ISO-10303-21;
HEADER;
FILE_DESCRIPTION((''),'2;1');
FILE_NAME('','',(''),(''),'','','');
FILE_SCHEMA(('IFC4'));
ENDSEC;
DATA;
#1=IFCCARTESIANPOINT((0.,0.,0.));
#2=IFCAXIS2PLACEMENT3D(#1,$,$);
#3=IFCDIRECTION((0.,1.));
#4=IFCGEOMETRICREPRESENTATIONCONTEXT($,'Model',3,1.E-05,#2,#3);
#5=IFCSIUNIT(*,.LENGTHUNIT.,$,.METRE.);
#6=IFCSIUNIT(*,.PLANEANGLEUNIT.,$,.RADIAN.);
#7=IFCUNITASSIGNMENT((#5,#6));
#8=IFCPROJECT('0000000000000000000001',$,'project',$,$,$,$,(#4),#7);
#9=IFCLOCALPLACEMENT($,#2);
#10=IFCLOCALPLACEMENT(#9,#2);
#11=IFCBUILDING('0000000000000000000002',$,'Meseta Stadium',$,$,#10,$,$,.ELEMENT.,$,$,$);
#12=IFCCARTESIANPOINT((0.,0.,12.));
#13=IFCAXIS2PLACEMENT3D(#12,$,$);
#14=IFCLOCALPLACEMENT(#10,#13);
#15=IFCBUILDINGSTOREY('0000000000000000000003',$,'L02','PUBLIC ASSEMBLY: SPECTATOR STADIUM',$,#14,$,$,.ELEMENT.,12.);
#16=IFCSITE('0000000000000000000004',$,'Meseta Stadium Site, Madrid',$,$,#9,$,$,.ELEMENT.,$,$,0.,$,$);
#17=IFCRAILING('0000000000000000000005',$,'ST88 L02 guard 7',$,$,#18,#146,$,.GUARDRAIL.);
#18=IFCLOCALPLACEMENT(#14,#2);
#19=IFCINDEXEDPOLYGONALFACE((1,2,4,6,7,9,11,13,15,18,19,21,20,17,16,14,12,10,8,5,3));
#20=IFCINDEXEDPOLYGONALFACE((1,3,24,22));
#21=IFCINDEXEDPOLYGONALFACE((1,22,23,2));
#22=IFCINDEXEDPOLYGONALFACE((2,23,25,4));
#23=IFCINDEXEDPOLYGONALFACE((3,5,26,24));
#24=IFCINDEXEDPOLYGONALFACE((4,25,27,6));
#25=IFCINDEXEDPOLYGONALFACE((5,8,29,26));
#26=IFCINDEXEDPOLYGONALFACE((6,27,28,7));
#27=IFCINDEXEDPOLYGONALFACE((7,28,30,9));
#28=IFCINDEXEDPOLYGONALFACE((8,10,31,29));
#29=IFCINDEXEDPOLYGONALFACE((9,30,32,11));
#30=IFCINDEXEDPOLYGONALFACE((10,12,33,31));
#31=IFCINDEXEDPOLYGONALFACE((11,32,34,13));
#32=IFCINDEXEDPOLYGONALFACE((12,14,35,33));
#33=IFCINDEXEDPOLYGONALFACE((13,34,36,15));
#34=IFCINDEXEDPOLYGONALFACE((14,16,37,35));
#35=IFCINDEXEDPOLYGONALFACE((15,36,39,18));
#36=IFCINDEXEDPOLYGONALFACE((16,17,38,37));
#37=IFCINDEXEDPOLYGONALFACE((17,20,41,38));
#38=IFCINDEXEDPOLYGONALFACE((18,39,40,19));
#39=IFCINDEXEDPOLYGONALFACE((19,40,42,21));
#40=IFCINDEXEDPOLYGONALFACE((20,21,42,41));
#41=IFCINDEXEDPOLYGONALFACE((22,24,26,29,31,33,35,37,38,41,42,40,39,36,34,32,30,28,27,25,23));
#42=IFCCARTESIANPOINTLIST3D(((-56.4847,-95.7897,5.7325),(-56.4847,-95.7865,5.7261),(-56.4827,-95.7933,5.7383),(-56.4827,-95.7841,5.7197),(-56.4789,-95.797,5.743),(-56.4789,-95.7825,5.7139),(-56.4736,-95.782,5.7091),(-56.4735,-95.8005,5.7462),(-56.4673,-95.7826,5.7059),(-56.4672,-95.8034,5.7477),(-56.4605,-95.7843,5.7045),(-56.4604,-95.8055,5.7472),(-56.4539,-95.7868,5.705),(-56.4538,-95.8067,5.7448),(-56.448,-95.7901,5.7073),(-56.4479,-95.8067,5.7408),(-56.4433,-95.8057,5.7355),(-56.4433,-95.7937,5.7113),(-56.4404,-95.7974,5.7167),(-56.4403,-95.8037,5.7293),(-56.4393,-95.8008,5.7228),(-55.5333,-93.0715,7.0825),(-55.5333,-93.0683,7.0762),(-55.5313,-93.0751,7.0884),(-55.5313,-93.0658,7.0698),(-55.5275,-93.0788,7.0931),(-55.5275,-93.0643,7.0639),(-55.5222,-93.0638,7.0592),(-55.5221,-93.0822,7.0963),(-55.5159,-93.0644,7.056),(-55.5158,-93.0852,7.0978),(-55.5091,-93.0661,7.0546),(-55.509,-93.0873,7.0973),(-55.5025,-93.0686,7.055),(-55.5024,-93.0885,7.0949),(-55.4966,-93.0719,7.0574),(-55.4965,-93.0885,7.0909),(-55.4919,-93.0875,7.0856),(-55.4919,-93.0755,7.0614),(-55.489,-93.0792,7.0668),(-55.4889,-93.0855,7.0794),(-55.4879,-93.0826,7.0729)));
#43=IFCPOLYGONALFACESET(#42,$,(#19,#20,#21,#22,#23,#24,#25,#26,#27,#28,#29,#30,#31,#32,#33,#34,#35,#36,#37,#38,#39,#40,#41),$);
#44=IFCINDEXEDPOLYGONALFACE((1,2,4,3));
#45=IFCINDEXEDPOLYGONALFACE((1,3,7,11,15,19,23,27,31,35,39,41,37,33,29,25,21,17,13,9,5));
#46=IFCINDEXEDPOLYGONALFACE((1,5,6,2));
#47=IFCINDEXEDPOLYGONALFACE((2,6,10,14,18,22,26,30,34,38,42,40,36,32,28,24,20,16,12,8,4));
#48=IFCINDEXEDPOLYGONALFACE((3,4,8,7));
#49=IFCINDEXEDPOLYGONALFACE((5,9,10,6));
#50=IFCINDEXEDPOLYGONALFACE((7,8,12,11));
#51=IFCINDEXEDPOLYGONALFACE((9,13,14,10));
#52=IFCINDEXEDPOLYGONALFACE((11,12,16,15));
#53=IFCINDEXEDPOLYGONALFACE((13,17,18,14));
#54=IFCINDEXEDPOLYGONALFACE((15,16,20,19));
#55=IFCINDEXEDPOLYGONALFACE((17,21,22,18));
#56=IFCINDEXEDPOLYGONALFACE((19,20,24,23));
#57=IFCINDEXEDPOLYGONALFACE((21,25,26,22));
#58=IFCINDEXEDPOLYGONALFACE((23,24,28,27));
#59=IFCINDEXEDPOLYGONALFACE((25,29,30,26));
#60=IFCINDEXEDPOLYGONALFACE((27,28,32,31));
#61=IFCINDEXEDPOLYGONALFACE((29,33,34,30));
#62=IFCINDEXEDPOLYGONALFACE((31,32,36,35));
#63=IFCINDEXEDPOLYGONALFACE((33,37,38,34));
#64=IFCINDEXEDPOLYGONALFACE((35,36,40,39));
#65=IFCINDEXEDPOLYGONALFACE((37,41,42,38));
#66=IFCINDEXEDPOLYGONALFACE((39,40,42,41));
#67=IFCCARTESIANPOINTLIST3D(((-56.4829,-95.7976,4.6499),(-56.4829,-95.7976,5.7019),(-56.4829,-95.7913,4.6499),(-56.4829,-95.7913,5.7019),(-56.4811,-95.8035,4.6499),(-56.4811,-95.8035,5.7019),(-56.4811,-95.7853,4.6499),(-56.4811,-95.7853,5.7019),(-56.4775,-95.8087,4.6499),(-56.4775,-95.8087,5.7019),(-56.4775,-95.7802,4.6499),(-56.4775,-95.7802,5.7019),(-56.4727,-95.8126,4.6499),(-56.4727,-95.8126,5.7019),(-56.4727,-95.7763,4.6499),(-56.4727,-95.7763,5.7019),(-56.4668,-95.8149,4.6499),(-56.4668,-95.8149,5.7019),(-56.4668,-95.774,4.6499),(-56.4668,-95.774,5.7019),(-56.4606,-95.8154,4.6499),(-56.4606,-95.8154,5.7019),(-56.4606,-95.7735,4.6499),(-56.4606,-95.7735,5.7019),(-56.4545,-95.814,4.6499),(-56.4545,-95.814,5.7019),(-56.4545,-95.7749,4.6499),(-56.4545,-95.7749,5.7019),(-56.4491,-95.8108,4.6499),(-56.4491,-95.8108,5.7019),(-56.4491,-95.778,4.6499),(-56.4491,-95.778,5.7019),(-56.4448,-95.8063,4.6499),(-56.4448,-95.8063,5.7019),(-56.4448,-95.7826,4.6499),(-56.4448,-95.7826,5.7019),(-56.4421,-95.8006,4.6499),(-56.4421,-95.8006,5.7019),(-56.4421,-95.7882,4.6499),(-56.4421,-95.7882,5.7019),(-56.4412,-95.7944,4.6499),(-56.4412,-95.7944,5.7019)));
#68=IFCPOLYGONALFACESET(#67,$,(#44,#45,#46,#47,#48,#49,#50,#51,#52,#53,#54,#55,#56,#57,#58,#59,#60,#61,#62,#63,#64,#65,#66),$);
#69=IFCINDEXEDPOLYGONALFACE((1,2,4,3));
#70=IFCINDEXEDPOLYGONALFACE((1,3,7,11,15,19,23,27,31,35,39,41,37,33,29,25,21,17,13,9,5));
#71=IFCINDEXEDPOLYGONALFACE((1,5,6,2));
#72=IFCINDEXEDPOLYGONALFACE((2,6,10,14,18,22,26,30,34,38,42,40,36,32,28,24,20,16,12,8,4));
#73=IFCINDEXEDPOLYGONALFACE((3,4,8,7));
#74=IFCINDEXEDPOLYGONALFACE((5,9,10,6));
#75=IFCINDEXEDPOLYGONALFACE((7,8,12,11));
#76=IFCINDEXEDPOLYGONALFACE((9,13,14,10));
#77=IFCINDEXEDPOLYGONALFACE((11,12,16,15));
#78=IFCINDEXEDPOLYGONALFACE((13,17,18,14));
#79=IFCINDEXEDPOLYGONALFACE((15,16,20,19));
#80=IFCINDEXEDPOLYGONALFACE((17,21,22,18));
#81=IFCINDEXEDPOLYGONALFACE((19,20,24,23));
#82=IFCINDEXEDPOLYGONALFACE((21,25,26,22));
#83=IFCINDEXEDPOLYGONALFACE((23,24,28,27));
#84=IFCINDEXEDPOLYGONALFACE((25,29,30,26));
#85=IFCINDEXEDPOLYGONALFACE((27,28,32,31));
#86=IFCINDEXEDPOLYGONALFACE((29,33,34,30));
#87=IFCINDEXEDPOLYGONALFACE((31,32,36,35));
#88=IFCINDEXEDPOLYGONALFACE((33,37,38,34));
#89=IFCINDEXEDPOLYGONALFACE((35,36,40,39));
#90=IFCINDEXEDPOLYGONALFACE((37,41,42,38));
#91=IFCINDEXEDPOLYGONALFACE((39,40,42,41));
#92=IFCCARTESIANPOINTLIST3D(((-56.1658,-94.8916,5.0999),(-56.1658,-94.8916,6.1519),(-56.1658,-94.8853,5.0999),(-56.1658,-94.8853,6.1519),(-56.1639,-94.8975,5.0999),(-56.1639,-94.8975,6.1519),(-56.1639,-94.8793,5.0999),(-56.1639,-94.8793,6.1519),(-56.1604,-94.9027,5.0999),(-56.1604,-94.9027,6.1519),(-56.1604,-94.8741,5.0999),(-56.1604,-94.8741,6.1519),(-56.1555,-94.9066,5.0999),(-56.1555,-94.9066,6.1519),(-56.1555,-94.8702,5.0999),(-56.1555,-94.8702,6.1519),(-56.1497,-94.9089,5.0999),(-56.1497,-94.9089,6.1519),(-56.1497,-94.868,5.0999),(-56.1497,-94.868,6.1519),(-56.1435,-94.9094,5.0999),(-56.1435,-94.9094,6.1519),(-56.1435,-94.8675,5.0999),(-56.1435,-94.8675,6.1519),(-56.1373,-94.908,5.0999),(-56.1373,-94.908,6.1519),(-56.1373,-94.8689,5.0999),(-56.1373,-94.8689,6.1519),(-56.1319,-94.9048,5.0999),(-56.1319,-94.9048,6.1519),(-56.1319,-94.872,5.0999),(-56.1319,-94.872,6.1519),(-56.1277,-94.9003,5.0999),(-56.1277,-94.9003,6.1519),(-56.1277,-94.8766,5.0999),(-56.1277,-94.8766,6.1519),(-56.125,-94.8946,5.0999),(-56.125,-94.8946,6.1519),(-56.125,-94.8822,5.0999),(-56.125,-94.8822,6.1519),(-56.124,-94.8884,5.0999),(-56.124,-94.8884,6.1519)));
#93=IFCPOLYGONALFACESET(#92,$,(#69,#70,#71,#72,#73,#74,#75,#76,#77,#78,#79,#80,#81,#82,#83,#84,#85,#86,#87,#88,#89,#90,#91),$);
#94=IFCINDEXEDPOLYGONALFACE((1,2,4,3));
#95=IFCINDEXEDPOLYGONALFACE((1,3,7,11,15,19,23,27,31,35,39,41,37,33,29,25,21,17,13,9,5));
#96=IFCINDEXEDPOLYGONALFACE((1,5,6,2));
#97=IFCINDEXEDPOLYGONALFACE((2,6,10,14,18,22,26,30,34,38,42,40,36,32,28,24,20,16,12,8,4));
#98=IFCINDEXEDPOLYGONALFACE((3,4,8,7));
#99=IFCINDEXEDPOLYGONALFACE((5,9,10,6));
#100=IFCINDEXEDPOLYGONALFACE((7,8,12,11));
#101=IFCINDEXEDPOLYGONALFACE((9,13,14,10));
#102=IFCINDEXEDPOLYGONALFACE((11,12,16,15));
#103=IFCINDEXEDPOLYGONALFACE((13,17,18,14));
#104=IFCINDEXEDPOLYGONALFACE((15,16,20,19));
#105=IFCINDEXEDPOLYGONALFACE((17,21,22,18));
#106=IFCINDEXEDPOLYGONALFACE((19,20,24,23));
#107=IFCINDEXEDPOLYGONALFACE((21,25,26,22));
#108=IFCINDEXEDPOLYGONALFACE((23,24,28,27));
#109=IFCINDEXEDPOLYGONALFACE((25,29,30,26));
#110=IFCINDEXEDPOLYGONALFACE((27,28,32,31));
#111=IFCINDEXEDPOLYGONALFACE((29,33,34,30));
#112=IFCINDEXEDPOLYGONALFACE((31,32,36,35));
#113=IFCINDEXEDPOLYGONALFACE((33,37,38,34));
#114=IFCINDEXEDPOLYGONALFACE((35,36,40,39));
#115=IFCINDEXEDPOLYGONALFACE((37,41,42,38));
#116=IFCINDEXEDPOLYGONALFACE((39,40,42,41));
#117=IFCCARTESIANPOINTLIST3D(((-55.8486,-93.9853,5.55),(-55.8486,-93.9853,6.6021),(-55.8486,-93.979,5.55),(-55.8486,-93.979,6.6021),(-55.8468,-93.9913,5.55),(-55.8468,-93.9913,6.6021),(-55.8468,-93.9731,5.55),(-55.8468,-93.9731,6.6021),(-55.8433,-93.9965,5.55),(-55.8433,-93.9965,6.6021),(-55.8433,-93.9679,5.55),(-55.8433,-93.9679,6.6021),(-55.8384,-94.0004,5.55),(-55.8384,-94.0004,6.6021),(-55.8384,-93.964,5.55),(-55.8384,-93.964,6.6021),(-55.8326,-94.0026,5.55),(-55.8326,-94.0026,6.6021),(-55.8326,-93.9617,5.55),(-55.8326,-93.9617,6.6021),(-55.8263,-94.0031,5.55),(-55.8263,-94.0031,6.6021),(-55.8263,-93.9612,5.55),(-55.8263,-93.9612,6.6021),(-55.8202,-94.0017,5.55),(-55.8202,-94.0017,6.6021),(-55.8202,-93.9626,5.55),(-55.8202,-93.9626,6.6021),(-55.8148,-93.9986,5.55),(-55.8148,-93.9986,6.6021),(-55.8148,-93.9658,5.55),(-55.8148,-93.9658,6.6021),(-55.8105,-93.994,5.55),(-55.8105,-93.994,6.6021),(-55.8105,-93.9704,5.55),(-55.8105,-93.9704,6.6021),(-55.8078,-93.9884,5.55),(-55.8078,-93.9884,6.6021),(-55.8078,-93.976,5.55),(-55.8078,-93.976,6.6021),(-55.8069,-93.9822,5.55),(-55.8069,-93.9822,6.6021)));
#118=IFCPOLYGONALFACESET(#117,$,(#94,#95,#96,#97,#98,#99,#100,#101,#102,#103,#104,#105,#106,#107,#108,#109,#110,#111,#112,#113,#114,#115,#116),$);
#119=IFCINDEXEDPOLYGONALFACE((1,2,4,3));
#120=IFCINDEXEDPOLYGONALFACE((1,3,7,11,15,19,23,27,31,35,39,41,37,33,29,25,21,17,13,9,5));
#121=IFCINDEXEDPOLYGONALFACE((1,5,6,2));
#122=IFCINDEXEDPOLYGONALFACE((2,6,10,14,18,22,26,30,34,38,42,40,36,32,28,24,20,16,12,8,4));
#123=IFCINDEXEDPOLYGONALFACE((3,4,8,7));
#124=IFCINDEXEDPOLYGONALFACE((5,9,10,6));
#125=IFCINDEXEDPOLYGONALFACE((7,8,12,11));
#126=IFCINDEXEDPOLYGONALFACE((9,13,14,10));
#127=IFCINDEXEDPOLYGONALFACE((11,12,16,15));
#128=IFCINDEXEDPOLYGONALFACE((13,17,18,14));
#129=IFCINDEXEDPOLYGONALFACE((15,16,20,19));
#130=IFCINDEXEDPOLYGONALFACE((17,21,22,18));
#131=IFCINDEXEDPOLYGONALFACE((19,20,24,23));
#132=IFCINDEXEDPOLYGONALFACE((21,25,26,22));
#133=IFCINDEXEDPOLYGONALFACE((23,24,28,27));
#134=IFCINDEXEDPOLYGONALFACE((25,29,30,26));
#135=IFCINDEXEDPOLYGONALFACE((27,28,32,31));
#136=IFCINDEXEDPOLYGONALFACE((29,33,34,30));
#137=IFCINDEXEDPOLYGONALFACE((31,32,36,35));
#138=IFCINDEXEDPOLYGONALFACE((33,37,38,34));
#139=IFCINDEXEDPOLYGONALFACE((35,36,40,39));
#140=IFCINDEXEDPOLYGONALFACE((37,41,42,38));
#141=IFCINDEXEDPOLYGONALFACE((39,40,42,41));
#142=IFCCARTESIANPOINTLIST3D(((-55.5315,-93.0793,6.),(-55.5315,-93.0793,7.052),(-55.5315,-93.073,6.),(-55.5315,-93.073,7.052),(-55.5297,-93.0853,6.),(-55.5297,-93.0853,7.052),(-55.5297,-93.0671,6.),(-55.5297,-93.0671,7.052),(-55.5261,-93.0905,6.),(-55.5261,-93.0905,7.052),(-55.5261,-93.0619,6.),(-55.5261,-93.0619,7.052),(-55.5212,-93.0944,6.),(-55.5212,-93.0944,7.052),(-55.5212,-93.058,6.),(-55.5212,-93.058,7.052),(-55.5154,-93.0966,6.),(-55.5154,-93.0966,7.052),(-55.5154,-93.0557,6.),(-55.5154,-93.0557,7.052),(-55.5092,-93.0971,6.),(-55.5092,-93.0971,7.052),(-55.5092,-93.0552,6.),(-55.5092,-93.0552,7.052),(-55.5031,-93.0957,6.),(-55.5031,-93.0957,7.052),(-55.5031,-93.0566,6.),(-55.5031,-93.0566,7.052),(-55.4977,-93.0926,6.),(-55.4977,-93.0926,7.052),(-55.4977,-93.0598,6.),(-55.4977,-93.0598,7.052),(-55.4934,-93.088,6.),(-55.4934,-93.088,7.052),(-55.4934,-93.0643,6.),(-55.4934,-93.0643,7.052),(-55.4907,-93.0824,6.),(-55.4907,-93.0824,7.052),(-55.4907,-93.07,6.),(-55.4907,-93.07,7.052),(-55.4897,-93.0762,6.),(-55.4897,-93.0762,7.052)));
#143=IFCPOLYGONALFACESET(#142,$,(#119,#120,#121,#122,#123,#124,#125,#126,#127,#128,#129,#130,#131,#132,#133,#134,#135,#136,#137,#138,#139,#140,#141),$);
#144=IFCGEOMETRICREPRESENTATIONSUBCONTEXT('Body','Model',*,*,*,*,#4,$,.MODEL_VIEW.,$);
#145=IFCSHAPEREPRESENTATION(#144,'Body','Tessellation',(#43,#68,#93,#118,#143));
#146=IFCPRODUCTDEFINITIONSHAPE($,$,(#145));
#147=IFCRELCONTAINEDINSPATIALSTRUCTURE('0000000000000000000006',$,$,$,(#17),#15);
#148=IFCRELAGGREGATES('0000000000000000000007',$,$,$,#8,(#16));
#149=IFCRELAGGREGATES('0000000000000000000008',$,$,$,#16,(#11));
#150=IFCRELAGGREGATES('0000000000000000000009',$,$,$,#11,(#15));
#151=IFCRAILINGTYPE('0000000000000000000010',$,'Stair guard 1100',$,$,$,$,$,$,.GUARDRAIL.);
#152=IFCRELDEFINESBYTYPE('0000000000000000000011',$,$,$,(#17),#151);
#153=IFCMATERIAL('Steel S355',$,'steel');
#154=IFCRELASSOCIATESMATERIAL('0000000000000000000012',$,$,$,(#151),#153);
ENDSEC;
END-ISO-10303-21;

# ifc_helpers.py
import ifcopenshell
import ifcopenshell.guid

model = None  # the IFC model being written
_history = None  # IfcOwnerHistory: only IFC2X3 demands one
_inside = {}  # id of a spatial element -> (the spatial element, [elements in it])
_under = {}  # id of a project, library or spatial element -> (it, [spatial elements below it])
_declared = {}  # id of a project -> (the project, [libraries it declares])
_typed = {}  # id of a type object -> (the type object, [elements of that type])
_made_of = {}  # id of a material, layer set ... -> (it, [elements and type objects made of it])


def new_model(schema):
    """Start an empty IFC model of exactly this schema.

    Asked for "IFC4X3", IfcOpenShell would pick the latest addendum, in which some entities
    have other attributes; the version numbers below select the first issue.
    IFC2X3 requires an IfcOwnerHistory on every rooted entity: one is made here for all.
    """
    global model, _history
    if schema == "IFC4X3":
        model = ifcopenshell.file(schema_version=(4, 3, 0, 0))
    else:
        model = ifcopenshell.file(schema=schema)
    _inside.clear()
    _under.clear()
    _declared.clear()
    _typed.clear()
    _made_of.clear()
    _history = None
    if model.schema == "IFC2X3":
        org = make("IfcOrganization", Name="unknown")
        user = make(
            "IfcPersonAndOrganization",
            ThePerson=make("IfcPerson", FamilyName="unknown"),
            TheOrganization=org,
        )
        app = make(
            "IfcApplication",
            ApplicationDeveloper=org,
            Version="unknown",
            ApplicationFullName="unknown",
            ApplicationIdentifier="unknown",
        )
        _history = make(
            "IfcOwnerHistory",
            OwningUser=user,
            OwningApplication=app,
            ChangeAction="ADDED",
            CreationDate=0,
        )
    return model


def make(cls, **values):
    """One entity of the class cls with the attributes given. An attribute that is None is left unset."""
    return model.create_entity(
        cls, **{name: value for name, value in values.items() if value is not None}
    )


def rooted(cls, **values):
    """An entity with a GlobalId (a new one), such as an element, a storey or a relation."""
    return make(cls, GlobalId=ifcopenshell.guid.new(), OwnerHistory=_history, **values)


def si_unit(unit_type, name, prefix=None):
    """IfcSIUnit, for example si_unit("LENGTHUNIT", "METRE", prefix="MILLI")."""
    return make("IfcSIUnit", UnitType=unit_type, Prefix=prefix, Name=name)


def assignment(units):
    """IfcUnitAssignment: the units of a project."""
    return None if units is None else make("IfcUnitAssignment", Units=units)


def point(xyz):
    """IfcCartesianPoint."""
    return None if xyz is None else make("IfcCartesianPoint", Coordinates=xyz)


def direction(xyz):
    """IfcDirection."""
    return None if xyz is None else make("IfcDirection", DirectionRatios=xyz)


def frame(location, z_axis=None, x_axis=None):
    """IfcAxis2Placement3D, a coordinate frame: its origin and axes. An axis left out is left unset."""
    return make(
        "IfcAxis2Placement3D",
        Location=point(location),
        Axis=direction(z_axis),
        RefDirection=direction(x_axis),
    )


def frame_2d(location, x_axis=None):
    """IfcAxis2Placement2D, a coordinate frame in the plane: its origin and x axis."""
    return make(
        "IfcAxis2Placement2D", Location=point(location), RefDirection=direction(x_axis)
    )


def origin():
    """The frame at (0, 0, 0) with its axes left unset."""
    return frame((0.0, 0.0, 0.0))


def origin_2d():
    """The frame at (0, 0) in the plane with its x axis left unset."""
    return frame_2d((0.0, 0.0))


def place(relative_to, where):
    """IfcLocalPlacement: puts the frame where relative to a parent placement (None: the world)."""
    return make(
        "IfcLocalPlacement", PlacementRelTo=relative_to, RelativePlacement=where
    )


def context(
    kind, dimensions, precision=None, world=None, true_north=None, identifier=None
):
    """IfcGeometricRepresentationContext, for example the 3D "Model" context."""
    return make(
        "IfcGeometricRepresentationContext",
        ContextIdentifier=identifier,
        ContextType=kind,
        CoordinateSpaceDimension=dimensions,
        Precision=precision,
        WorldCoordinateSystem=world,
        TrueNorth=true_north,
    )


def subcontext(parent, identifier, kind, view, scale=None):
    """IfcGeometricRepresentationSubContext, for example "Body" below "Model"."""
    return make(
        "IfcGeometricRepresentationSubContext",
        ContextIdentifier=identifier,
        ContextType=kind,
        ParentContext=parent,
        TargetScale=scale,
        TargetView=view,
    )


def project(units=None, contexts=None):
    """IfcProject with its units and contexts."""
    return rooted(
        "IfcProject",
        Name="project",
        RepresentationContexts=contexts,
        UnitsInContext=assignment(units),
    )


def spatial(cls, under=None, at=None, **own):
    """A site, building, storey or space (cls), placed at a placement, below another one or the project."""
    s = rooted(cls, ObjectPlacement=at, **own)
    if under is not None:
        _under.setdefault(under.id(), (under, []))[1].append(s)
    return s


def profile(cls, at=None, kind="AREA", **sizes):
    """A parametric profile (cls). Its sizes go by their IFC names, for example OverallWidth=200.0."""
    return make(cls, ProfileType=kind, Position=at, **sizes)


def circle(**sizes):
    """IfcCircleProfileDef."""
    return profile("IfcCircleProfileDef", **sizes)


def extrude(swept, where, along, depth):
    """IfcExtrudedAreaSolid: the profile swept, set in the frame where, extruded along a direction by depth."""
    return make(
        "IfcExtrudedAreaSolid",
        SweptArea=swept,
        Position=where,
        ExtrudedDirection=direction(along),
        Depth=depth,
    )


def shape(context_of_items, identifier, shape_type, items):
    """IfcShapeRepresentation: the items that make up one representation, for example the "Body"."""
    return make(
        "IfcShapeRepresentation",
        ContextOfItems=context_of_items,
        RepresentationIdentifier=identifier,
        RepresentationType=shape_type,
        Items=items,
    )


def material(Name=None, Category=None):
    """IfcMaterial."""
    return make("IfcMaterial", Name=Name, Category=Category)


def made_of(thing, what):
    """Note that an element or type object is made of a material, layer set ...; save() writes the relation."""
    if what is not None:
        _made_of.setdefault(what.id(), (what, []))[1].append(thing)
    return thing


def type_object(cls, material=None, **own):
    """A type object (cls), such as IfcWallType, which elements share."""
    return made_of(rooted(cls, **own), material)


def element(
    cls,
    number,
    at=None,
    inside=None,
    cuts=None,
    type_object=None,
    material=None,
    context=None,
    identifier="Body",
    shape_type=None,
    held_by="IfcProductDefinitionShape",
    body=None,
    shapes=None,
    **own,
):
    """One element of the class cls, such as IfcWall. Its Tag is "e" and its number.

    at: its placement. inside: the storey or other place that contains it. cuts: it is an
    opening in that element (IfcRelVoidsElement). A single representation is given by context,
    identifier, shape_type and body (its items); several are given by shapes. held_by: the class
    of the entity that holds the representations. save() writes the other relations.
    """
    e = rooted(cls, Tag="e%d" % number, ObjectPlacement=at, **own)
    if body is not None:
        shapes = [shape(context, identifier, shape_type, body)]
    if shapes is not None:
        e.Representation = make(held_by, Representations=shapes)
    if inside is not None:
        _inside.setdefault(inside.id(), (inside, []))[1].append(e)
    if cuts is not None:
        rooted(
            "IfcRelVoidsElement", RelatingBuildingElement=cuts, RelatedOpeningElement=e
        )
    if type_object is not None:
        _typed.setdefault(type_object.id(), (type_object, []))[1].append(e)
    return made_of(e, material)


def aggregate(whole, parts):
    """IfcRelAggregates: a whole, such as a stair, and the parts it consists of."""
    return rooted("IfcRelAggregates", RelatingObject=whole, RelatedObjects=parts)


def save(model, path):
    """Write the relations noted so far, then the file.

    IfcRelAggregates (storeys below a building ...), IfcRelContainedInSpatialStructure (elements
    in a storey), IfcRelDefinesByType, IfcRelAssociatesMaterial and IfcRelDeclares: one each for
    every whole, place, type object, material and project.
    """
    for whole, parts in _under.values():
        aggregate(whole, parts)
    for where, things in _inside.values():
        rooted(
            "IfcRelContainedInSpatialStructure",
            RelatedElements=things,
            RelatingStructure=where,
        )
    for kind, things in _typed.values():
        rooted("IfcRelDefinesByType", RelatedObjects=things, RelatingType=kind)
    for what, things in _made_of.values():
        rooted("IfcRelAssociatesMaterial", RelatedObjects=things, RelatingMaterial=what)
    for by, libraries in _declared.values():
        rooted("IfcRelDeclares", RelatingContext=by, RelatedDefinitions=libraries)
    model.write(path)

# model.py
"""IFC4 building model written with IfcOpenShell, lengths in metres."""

from ifc_helpers import new_model, si_unit, direction, frame, origin, origin_2d, place, context, subcontext, project, spatial, circle, extrude, material, type_object, element, save


model = new_model("IFC4")

# Units and contexts
model_context = context("Model", 3, precision=1e-05, world=origin(), true_north=direction((0.0, 1.0)))
body_context = subcontext(model_context, "Body", "Model", "MODEL_VIEW")
ifc_project = project(units=[si_unit("LENGTHUNIT", "METRE"), si_unit("PLANEANGLEUNIT", "RADIAN")], contexts=[model_context])

# Site, building, storey
site_placement = place(None, origin())
site = spatial("IfcSite", under=ifc_project, at=site_placement, Name="Meseta Stadium Site, Madrid", CompositionType="ELEMENT", RefElevation=0.0)
building_placement = place(site_placement, origin())
building = spatial("IfcBuilding", under=site, at=building_placement, Name="Meseta Stadium", CompositionType="ELEMENT")
storey_placement = place(building_placement, frame((0.0, 0.0, 12.0)))
storey = spatial("IfcBuildingStorey", under=building, at=storey_placement, Name="L02", Description="PUBLIC ASSEMBLY: SPECTATOR STADIUM", CompositionType="ELEMENT", Elevation=12.0)

# Railing
ifc_material_1 = material(Name="Steel S355", Category="steel")
railing_type_1 = type_object("IfcRailingType", Name="Stair guard 1100", PredefinedType="GUARDRAIL", material=ifc_material_1)
railing_1_placement = place(storey_placement, frame((-56.4622, -95.7944, 4.6499)))
element("IfcRailing", 1, at=railing_1_placement, inside=storey, type_object=railing_type_1, Name="ST88 L02 guard 7", PredefinedType="GUARDRAIL", context=body_context, shape_type="SweptSolid", body=[
    extrude(circle(Radius=0.0239, at=origin_2d()), frame((0.0, 0.0, 1.0762), z_axis=(0.299121, 0.854609, 0.424465), x_axis=(-0.943856, 0.330358, 0.0)), (0.0, 0.0, 1.0), 3.1807),
    extrude(circle(Radius=0.021, at=origin_2d()), origin(), (0.0, 0.0, 1.0), 1.052),
    extrude(circle(Radius=0.021, at=origin_2d()), frame((0.3171, 0.906, 0.45)), (0.0, 0.0, 1.0), 1.052),
    extrude(circle(Radius=0.021, at=origin_2d()), frame((0.6343, 1.8123, 0.9001)), (0.0, 0.0, 1.0), 1.052),
    extrude(circle(Radius=0.021, at=origin_2d()), frame((0.9514, 2.7183, 1.3501)), (0.0, 0.0, 1.0), 1.052),
])

save(model, "model.ifc")
